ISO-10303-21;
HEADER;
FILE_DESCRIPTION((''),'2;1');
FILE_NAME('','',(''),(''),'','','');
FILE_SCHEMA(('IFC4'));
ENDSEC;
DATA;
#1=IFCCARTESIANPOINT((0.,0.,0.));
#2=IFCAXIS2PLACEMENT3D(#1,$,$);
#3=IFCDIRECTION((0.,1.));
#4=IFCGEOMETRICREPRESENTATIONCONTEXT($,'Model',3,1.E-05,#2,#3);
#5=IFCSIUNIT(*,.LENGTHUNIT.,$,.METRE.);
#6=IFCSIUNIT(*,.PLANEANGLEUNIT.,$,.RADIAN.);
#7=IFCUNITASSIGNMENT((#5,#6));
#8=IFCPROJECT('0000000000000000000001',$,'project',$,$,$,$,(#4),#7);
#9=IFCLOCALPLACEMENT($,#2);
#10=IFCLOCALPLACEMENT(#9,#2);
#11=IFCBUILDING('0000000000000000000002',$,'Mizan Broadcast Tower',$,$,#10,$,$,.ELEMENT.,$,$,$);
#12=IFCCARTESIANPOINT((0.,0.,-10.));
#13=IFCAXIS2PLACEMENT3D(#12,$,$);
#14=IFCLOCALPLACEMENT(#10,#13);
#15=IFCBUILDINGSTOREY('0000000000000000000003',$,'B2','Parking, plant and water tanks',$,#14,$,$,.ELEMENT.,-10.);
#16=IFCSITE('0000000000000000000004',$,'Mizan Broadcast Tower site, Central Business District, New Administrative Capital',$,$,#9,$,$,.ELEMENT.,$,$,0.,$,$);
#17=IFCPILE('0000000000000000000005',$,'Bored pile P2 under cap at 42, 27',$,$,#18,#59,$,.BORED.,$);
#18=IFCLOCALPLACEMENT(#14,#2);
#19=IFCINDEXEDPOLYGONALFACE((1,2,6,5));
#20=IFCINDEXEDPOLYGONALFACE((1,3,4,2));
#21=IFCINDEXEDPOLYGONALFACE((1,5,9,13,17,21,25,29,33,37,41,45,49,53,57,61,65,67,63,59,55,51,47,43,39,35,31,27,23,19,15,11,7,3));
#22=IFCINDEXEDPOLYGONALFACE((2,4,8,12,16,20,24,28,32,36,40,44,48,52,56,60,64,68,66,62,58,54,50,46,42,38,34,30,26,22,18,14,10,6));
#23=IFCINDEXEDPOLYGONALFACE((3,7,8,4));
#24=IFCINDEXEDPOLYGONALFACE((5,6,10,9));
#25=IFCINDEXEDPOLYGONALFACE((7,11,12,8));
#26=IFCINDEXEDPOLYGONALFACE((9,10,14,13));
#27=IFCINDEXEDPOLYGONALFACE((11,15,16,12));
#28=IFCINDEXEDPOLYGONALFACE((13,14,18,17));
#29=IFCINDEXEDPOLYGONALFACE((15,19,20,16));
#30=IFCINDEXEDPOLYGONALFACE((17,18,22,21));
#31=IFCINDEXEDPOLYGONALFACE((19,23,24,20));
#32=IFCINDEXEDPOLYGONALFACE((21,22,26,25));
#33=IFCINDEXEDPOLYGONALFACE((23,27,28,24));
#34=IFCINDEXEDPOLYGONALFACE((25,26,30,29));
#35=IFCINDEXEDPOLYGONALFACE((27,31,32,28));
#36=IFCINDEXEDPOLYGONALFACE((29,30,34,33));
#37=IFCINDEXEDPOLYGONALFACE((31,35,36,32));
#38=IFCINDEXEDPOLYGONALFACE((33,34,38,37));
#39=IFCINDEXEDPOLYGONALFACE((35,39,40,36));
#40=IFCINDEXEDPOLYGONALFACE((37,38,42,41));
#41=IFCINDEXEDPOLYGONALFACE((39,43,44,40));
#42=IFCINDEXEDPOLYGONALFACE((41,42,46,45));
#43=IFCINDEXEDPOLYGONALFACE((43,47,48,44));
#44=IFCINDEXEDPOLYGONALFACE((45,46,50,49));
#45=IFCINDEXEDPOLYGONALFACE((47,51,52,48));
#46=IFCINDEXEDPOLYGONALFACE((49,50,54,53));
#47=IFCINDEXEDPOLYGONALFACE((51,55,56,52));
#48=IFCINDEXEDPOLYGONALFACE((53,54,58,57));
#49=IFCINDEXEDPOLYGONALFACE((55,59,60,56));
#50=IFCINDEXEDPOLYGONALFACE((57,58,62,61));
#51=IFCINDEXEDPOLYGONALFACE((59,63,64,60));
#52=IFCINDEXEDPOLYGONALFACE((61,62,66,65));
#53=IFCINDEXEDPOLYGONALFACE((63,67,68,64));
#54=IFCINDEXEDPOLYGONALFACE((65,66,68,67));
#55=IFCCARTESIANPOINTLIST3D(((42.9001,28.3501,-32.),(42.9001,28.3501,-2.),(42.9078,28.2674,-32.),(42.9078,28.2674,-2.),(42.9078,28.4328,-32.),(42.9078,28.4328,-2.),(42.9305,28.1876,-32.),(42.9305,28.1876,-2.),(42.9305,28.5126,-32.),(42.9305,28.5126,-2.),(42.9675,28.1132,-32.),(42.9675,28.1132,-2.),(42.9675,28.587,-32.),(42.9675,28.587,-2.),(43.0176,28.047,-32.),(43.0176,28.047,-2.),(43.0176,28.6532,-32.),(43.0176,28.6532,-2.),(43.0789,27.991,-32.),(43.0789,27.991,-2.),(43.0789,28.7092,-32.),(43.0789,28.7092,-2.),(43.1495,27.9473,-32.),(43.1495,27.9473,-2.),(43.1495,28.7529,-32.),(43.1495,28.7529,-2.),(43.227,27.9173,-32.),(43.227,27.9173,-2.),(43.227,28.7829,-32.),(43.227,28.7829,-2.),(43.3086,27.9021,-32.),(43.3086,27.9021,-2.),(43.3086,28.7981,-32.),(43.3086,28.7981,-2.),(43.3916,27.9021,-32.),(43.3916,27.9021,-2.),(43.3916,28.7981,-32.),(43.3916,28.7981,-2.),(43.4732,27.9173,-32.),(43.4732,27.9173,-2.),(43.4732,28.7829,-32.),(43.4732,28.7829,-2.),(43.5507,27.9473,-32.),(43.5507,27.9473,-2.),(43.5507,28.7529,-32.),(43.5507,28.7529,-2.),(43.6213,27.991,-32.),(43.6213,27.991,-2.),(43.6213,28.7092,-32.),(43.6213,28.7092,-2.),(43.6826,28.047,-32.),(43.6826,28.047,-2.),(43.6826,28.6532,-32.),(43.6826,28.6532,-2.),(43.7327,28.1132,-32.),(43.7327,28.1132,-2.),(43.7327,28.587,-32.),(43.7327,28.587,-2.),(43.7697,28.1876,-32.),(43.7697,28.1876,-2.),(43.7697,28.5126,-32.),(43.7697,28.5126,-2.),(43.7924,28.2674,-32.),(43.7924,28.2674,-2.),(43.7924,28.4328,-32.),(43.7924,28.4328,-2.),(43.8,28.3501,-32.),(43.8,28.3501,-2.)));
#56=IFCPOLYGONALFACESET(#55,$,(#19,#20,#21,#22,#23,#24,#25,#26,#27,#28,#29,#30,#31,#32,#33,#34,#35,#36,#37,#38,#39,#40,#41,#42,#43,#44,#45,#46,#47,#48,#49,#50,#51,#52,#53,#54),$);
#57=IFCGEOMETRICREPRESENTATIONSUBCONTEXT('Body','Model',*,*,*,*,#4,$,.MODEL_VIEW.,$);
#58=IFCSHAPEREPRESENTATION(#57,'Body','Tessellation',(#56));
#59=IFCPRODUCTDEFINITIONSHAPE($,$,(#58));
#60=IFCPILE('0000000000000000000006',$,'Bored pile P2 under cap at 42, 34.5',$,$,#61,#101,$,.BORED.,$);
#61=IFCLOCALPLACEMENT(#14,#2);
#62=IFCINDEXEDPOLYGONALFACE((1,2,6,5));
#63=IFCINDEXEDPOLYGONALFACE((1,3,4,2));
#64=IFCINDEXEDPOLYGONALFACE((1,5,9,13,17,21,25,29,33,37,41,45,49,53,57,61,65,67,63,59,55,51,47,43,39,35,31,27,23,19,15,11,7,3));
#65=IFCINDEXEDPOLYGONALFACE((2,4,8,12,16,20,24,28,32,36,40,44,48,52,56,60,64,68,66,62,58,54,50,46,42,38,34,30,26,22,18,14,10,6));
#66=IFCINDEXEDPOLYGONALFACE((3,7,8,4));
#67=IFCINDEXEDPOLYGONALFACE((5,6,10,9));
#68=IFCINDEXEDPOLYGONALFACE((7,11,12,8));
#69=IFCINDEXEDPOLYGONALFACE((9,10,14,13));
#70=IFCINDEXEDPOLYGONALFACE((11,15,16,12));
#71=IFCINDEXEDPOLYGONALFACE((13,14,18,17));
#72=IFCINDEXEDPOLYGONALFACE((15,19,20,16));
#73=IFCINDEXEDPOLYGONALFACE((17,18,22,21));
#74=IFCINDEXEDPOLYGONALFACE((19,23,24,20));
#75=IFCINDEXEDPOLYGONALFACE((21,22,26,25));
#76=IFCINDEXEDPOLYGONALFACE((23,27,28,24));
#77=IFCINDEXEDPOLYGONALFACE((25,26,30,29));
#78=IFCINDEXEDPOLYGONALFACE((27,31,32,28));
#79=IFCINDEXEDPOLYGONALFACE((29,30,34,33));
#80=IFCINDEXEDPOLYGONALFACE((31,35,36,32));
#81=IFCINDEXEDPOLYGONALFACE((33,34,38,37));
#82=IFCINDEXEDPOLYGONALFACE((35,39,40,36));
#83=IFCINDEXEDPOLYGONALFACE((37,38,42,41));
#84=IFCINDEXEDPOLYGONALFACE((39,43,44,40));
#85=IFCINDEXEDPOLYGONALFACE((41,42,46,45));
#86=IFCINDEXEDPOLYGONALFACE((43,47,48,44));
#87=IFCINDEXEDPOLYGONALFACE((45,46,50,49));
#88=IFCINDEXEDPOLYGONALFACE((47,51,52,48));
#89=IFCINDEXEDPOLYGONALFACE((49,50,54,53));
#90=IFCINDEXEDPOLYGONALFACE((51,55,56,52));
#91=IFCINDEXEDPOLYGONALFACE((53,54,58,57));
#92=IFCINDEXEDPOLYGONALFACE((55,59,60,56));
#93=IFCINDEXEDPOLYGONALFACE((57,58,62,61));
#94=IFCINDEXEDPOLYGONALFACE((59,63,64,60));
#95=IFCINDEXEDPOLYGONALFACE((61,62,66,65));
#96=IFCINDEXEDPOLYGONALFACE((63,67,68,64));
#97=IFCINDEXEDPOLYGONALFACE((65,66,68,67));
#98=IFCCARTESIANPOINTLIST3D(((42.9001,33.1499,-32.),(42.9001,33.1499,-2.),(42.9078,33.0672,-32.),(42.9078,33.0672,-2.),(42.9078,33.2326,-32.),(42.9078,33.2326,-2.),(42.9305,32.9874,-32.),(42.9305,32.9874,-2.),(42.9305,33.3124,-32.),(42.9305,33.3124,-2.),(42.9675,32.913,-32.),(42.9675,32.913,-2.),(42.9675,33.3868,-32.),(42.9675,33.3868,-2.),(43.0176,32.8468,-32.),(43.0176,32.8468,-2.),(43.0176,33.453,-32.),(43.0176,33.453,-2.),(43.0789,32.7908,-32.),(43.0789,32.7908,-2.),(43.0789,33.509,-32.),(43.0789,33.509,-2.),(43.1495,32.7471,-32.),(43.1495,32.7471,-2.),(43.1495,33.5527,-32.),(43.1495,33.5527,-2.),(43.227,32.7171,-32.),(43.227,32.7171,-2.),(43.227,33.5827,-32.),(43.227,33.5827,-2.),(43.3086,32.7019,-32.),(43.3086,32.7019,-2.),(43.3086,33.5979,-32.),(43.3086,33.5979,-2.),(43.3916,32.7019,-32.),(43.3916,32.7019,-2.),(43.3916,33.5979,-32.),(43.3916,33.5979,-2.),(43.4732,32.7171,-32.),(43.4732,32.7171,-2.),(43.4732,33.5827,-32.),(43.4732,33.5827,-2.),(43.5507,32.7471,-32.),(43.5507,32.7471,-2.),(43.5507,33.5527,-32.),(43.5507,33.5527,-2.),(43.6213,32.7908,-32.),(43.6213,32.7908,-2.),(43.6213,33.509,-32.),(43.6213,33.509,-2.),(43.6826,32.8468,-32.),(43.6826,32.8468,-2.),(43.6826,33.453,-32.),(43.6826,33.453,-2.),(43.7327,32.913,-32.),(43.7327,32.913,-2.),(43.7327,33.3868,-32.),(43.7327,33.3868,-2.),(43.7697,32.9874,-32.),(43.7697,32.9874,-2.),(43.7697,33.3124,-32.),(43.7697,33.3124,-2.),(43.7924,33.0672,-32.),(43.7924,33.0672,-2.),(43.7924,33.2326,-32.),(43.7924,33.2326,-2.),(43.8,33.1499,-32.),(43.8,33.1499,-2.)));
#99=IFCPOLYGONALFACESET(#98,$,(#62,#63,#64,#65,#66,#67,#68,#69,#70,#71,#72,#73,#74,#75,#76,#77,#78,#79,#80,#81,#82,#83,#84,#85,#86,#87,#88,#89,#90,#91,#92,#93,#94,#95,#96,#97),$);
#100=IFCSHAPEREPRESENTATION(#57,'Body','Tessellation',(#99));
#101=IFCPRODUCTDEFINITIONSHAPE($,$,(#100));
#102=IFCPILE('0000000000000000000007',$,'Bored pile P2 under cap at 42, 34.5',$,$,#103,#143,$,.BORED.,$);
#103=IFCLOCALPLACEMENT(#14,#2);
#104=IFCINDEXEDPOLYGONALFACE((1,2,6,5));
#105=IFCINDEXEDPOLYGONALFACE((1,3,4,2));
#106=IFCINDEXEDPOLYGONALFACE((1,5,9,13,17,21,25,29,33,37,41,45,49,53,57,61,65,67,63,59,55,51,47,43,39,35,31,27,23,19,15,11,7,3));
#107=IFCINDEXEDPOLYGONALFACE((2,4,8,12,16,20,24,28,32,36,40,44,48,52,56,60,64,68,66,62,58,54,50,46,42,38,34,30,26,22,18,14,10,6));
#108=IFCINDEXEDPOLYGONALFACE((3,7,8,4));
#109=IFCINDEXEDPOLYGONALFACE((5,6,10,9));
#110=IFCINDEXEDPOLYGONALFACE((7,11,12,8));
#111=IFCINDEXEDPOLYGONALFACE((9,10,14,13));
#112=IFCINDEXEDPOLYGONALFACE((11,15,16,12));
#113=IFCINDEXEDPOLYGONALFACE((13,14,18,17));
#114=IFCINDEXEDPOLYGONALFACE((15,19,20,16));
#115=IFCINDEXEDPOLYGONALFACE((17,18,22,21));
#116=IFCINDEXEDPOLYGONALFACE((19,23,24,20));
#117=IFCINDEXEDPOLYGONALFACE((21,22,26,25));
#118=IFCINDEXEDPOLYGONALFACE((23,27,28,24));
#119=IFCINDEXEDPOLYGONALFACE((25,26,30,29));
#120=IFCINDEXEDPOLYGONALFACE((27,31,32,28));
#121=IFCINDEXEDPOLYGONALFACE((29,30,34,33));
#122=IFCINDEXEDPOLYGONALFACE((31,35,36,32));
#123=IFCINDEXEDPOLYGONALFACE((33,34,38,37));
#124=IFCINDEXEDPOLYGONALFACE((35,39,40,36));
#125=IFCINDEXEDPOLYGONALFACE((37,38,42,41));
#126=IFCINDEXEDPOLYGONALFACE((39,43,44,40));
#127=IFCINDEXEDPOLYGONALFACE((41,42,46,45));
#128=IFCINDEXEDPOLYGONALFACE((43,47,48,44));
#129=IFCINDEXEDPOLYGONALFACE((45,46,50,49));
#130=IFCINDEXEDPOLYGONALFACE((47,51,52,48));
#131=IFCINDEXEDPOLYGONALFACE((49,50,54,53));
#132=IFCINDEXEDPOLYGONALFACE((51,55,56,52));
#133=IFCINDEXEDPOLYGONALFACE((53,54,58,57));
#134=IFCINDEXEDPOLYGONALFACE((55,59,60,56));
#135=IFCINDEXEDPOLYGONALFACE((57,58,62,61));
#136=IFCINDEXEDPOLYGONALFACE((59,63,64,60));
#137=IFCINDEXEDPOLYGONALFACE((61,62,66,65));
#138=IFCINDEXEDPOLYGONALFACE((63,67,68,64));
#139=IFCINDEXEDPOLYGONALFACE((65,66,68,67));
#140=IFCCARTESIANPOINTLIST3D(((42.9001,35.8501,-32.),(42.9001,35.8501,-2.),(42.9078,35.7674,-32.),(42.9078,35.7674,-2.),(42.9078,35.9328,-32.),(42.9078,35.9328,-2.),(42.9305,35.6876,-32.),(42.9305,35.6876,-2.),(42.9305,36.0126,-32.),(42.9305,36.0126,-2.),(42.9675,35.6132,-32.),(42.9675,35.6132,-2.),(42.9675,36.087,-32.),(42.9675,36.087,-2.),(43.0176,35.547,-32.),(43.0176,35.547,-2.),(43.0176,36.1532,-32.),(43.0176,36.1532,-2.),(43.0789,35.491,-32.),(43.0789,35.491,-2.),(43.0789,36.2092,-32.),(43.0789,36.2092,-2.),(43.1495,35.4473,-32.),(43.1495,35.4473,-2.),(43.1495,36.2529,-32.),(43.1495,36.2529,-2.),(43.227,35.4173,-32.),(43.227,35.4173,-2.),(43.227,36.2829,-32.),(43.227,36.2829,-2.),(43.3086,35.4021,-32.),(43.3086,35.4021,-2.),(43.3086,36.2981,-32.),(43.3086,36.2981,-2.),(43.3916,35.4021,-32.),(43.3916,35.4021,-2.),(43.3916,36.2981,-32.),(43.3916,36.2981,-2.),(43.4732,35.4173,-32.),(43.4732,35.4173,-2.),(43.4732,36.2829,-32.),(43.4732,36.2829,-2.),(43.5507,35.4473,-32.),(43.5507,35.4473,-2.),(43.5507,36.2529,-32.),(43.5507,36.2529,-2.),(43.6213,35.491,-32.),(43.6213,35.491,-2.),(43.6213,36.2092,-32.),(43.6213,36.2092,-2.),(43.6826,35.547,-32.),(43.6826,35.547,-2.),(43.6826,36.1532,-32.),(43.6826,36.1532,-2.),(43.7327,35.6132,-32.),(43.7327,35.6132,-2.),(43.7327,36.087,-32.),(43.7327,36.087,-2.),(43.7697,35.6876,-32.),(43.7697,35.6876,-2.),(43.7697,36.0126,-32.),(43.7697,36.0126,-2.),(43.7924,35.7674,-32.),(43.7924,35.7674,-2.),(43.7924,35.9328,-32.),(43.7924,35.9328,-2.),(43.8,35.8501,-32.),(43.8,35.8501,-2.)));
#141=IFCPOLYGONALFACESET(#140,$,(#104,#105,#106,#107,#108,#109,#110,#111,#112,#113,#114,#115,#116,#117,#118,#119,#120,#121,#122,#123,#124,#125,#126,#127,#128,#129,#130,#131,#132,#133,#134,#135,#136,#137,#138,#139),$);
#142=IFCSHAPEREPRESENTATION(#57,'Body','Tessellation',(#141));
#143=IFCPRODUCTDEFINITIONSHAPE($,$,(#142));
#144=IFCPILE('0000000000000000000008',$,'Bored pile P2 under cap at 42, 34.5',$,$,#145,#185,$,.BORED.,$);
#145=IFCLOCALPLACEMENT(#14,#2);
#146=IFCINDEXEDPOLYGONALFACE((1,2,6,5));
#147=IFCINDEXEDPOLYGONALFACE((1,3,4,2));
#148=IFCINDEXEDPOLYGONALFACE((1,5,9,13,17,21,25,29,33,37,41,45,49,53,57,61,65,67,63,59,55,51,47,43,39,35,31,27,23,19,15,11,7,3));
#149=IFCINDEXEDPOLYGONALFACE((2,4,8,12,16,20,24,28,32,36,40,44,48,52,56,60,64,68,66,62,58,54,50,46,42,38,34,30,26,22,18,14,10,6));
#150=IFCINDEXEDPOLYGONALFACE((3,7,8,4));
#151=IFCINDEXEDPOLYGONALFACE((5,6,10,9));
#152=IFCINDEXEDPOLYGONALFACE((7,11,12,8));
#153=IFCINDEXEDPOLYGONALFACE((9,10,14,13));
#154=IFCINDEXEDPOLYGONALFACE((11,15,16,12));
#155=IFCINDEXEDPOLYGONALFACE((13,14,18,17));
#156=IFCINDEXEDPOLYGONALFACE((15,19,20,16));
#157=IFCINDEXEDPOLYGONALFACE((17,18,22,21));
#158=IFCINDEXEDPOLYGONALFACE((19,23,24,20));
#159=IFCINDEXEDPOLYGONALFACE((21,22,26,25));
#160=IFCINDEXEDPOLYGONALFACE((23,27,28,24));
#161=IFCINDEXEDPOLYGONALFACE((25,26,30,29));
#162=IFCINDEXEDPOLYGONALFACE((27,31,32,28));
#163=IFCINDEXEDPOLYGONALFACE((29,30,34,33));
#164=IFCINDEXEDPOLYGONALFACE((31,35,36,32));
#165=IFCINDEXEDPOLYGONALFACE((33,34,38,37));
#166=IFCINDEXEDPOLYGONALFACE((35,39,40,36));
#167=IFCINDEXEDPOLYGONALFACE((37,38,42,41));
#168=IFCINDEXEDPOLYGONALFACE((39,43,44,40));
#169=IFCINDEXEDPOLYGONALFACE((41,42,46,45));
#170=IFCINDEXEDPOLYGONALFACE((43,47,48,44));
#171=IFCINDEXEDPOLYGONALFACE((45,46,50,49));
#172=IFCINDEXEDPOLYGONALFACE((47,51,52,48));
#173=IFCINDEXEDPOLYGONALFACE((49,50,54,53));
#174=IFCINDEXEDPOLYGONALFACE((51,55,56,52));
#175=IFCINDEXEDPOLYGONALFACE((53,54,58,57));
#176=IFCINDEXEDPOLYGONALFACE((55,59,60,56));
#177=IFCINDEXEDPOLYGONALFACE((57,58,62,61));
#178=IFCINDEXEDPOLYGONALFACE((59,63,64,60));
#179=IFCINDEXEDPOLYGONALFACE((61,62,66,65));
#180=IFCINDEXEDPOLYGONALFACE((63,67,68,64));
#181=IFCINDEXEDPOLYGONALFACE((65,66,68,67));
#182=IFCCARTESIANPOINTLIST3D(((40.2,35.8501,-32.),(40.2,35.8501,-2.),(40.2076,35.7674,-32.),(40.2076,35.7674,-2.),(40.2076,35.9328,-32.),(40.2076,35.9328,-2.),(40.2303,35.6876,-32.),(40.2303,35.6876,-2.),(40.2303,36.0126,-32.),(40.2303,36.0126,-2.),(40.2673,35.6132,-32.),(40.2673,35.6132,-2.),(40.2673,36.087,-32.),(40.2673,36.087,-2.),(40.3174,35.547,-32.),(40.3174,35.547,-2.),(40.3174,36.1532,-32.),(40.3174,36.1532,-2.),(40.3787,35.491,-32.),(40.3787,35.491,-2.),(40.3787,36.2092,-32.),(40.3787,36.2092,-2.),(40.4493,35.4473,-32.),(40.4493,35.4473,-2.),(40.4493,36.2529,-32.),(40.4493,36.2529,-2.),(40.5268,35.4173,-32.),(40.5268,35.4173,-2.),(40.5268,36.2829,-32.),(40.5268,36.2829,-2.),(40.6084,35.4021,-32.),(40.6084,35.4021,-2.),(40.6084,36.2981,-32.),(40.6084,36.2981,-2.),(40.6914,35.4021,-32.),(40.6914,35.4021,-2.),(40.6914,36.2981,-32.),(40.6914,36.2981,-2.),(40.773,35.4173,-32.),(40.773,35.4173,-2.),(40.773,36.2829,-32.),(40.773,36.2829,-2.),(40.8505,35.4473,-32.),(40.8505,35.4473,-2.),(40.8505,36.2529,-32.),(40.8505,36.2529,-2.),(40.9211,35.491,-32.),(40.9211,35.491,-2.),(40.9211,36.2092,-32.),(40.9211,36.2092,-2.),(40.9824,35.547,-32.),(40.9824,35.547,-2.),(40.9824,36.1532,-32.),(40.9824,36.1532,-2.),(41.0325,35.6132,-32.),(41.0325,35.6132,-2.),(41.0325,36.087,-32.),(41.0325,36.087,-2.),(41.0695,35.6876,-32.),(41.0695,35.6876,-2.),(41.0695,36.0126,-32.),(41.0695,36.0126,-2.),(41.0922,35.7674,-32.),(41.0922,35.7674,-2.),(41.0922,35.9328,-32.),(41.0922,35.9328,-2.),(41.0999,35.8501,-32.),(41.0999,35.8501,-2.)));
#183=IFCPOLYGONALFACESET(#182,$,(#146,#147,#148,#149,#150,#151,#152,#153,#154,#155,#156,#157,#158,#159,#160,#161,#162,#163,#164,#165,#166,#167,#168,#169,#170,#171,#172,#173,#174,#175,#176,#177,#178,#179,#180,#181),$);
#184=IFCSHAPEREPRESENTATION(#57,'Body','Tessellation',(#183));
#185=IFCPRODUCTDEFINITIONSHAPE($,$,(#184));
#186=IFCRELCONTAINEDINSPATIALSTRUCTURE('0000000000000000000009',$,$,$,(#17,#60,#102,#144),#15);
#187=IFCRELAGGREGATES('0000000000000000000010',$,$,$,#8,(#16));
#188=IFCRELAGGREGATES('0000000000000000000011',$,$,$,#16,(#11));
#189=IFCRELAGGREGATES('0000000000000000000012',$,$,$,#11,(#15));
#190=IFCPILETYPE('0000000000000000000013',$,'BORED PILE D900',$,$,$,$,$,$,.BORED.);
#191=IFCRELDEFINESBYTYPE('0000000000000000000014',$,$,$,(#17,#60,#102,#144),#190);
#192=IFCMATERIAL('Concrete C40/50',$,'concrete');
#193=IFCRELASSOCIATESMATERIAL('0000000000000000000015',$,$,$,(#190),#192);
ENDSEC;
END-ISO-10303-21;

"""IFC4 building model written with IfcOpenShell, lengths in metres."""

from ifc_helpers import new_model, si_unit, direction, frame, origin, origin_2d, place, context, subcontext, project, spatial, circle, extrude, material, material_profile, profile_set, type_object, element, save


model = new_model("IFC4")

# Units and contexts
model_context = context("Model", 3, precision=1e-05, world=origin(), true_north=direction((0.0, 1.0)))
body_context = subcontext(model_context, "Body", "Model", "MODEL_VIEW")
ifc_project = project(units=[si_unit("LENGTHUNIT", "METRE"), si_unit("PLANEANGLEUNIT", "RADIAN")], contexts=[model_context])

# Site, building, storey
site_placement = place(None, origin())
site = spatial("IfcSite", under=ifc_project, at=site_placement, Name="Mizan Broadcast Tower site, Central Business District, New Administrative Capital", CompositionType="ELEMENT", RefElevation=0.0)
building_placement = place(site_placement, origin())
building = spatial("IfcBuilding", under=site, at=building_placement, Name="Mizan Broadcast Tower", CompositionType="ELEMENT")
storey_placement = place(building_placement, frame((0.0, 0.0, -10.0)))
storey = spatial("IfcBuildingStorey", under=building, at=storey_placement, Name="B2", Description="Parking, plant and water tanks", CompositionType="ELEMENT", Elevation=-10.0)

# Piles
ifc_material_1 = material(Name="Concrete C40/50", Category="concrete")
ifc_material_profile_1 = material_profile(ifc_material_1, circle(Radius=0.45, at=origin_2d()), Name="D900")
ifc_profile_set_1 = profile_set([ifc_material_profile_1], Name="Concrete C40/50")
pile_type = type_object("IfcPileType", Name="BORED PILE D900", PredefinedType="BORED", material=ifc_profile_set_1)
for number, where, z_axis, x_axis, name in (
    (1, (43.3501, 28.3501, -2.0), (0.0, 0.0, -1.0), (1.0, 0.0, 0.0), "Bored pile P2 under cap at 42, 27"),
    (2, (43.3501, 33.1499, -2.0), (0.0, 0.0, -1.0), (1.0, 0.0, 0.0), "Bored pile P2 under cap at 42, 34.5"),
    (3, (43.3501, 35.8501, -2.0), (0.0, 0.0, -1.0), (1.0, 0.0, 0.0), "Bored pile P2 under cap at 42, 34.5"),
    (4, (40.6499, 35.8501, -2.0), (0.0, 0.0, -1.0), (1.0, 0.0, 0.0), "Bored pile P2 under cap at 42, 34.5"),
):
    element("IfcPile", number, at=place(storey_placement, frame(where, z_axis=z_axis, x_axis=x_axis)), inside=storey, type_object=pile_type, Name=name, PredefinedType="BORED", context=body_context, shape_type="SweptSolid", body=[
        extrude(circle(Radius=0.45, at=origin_2d()), origin(), (0.0, 0.0, 1.0), 30.0),
    ])

save(model, "model.ifc")
